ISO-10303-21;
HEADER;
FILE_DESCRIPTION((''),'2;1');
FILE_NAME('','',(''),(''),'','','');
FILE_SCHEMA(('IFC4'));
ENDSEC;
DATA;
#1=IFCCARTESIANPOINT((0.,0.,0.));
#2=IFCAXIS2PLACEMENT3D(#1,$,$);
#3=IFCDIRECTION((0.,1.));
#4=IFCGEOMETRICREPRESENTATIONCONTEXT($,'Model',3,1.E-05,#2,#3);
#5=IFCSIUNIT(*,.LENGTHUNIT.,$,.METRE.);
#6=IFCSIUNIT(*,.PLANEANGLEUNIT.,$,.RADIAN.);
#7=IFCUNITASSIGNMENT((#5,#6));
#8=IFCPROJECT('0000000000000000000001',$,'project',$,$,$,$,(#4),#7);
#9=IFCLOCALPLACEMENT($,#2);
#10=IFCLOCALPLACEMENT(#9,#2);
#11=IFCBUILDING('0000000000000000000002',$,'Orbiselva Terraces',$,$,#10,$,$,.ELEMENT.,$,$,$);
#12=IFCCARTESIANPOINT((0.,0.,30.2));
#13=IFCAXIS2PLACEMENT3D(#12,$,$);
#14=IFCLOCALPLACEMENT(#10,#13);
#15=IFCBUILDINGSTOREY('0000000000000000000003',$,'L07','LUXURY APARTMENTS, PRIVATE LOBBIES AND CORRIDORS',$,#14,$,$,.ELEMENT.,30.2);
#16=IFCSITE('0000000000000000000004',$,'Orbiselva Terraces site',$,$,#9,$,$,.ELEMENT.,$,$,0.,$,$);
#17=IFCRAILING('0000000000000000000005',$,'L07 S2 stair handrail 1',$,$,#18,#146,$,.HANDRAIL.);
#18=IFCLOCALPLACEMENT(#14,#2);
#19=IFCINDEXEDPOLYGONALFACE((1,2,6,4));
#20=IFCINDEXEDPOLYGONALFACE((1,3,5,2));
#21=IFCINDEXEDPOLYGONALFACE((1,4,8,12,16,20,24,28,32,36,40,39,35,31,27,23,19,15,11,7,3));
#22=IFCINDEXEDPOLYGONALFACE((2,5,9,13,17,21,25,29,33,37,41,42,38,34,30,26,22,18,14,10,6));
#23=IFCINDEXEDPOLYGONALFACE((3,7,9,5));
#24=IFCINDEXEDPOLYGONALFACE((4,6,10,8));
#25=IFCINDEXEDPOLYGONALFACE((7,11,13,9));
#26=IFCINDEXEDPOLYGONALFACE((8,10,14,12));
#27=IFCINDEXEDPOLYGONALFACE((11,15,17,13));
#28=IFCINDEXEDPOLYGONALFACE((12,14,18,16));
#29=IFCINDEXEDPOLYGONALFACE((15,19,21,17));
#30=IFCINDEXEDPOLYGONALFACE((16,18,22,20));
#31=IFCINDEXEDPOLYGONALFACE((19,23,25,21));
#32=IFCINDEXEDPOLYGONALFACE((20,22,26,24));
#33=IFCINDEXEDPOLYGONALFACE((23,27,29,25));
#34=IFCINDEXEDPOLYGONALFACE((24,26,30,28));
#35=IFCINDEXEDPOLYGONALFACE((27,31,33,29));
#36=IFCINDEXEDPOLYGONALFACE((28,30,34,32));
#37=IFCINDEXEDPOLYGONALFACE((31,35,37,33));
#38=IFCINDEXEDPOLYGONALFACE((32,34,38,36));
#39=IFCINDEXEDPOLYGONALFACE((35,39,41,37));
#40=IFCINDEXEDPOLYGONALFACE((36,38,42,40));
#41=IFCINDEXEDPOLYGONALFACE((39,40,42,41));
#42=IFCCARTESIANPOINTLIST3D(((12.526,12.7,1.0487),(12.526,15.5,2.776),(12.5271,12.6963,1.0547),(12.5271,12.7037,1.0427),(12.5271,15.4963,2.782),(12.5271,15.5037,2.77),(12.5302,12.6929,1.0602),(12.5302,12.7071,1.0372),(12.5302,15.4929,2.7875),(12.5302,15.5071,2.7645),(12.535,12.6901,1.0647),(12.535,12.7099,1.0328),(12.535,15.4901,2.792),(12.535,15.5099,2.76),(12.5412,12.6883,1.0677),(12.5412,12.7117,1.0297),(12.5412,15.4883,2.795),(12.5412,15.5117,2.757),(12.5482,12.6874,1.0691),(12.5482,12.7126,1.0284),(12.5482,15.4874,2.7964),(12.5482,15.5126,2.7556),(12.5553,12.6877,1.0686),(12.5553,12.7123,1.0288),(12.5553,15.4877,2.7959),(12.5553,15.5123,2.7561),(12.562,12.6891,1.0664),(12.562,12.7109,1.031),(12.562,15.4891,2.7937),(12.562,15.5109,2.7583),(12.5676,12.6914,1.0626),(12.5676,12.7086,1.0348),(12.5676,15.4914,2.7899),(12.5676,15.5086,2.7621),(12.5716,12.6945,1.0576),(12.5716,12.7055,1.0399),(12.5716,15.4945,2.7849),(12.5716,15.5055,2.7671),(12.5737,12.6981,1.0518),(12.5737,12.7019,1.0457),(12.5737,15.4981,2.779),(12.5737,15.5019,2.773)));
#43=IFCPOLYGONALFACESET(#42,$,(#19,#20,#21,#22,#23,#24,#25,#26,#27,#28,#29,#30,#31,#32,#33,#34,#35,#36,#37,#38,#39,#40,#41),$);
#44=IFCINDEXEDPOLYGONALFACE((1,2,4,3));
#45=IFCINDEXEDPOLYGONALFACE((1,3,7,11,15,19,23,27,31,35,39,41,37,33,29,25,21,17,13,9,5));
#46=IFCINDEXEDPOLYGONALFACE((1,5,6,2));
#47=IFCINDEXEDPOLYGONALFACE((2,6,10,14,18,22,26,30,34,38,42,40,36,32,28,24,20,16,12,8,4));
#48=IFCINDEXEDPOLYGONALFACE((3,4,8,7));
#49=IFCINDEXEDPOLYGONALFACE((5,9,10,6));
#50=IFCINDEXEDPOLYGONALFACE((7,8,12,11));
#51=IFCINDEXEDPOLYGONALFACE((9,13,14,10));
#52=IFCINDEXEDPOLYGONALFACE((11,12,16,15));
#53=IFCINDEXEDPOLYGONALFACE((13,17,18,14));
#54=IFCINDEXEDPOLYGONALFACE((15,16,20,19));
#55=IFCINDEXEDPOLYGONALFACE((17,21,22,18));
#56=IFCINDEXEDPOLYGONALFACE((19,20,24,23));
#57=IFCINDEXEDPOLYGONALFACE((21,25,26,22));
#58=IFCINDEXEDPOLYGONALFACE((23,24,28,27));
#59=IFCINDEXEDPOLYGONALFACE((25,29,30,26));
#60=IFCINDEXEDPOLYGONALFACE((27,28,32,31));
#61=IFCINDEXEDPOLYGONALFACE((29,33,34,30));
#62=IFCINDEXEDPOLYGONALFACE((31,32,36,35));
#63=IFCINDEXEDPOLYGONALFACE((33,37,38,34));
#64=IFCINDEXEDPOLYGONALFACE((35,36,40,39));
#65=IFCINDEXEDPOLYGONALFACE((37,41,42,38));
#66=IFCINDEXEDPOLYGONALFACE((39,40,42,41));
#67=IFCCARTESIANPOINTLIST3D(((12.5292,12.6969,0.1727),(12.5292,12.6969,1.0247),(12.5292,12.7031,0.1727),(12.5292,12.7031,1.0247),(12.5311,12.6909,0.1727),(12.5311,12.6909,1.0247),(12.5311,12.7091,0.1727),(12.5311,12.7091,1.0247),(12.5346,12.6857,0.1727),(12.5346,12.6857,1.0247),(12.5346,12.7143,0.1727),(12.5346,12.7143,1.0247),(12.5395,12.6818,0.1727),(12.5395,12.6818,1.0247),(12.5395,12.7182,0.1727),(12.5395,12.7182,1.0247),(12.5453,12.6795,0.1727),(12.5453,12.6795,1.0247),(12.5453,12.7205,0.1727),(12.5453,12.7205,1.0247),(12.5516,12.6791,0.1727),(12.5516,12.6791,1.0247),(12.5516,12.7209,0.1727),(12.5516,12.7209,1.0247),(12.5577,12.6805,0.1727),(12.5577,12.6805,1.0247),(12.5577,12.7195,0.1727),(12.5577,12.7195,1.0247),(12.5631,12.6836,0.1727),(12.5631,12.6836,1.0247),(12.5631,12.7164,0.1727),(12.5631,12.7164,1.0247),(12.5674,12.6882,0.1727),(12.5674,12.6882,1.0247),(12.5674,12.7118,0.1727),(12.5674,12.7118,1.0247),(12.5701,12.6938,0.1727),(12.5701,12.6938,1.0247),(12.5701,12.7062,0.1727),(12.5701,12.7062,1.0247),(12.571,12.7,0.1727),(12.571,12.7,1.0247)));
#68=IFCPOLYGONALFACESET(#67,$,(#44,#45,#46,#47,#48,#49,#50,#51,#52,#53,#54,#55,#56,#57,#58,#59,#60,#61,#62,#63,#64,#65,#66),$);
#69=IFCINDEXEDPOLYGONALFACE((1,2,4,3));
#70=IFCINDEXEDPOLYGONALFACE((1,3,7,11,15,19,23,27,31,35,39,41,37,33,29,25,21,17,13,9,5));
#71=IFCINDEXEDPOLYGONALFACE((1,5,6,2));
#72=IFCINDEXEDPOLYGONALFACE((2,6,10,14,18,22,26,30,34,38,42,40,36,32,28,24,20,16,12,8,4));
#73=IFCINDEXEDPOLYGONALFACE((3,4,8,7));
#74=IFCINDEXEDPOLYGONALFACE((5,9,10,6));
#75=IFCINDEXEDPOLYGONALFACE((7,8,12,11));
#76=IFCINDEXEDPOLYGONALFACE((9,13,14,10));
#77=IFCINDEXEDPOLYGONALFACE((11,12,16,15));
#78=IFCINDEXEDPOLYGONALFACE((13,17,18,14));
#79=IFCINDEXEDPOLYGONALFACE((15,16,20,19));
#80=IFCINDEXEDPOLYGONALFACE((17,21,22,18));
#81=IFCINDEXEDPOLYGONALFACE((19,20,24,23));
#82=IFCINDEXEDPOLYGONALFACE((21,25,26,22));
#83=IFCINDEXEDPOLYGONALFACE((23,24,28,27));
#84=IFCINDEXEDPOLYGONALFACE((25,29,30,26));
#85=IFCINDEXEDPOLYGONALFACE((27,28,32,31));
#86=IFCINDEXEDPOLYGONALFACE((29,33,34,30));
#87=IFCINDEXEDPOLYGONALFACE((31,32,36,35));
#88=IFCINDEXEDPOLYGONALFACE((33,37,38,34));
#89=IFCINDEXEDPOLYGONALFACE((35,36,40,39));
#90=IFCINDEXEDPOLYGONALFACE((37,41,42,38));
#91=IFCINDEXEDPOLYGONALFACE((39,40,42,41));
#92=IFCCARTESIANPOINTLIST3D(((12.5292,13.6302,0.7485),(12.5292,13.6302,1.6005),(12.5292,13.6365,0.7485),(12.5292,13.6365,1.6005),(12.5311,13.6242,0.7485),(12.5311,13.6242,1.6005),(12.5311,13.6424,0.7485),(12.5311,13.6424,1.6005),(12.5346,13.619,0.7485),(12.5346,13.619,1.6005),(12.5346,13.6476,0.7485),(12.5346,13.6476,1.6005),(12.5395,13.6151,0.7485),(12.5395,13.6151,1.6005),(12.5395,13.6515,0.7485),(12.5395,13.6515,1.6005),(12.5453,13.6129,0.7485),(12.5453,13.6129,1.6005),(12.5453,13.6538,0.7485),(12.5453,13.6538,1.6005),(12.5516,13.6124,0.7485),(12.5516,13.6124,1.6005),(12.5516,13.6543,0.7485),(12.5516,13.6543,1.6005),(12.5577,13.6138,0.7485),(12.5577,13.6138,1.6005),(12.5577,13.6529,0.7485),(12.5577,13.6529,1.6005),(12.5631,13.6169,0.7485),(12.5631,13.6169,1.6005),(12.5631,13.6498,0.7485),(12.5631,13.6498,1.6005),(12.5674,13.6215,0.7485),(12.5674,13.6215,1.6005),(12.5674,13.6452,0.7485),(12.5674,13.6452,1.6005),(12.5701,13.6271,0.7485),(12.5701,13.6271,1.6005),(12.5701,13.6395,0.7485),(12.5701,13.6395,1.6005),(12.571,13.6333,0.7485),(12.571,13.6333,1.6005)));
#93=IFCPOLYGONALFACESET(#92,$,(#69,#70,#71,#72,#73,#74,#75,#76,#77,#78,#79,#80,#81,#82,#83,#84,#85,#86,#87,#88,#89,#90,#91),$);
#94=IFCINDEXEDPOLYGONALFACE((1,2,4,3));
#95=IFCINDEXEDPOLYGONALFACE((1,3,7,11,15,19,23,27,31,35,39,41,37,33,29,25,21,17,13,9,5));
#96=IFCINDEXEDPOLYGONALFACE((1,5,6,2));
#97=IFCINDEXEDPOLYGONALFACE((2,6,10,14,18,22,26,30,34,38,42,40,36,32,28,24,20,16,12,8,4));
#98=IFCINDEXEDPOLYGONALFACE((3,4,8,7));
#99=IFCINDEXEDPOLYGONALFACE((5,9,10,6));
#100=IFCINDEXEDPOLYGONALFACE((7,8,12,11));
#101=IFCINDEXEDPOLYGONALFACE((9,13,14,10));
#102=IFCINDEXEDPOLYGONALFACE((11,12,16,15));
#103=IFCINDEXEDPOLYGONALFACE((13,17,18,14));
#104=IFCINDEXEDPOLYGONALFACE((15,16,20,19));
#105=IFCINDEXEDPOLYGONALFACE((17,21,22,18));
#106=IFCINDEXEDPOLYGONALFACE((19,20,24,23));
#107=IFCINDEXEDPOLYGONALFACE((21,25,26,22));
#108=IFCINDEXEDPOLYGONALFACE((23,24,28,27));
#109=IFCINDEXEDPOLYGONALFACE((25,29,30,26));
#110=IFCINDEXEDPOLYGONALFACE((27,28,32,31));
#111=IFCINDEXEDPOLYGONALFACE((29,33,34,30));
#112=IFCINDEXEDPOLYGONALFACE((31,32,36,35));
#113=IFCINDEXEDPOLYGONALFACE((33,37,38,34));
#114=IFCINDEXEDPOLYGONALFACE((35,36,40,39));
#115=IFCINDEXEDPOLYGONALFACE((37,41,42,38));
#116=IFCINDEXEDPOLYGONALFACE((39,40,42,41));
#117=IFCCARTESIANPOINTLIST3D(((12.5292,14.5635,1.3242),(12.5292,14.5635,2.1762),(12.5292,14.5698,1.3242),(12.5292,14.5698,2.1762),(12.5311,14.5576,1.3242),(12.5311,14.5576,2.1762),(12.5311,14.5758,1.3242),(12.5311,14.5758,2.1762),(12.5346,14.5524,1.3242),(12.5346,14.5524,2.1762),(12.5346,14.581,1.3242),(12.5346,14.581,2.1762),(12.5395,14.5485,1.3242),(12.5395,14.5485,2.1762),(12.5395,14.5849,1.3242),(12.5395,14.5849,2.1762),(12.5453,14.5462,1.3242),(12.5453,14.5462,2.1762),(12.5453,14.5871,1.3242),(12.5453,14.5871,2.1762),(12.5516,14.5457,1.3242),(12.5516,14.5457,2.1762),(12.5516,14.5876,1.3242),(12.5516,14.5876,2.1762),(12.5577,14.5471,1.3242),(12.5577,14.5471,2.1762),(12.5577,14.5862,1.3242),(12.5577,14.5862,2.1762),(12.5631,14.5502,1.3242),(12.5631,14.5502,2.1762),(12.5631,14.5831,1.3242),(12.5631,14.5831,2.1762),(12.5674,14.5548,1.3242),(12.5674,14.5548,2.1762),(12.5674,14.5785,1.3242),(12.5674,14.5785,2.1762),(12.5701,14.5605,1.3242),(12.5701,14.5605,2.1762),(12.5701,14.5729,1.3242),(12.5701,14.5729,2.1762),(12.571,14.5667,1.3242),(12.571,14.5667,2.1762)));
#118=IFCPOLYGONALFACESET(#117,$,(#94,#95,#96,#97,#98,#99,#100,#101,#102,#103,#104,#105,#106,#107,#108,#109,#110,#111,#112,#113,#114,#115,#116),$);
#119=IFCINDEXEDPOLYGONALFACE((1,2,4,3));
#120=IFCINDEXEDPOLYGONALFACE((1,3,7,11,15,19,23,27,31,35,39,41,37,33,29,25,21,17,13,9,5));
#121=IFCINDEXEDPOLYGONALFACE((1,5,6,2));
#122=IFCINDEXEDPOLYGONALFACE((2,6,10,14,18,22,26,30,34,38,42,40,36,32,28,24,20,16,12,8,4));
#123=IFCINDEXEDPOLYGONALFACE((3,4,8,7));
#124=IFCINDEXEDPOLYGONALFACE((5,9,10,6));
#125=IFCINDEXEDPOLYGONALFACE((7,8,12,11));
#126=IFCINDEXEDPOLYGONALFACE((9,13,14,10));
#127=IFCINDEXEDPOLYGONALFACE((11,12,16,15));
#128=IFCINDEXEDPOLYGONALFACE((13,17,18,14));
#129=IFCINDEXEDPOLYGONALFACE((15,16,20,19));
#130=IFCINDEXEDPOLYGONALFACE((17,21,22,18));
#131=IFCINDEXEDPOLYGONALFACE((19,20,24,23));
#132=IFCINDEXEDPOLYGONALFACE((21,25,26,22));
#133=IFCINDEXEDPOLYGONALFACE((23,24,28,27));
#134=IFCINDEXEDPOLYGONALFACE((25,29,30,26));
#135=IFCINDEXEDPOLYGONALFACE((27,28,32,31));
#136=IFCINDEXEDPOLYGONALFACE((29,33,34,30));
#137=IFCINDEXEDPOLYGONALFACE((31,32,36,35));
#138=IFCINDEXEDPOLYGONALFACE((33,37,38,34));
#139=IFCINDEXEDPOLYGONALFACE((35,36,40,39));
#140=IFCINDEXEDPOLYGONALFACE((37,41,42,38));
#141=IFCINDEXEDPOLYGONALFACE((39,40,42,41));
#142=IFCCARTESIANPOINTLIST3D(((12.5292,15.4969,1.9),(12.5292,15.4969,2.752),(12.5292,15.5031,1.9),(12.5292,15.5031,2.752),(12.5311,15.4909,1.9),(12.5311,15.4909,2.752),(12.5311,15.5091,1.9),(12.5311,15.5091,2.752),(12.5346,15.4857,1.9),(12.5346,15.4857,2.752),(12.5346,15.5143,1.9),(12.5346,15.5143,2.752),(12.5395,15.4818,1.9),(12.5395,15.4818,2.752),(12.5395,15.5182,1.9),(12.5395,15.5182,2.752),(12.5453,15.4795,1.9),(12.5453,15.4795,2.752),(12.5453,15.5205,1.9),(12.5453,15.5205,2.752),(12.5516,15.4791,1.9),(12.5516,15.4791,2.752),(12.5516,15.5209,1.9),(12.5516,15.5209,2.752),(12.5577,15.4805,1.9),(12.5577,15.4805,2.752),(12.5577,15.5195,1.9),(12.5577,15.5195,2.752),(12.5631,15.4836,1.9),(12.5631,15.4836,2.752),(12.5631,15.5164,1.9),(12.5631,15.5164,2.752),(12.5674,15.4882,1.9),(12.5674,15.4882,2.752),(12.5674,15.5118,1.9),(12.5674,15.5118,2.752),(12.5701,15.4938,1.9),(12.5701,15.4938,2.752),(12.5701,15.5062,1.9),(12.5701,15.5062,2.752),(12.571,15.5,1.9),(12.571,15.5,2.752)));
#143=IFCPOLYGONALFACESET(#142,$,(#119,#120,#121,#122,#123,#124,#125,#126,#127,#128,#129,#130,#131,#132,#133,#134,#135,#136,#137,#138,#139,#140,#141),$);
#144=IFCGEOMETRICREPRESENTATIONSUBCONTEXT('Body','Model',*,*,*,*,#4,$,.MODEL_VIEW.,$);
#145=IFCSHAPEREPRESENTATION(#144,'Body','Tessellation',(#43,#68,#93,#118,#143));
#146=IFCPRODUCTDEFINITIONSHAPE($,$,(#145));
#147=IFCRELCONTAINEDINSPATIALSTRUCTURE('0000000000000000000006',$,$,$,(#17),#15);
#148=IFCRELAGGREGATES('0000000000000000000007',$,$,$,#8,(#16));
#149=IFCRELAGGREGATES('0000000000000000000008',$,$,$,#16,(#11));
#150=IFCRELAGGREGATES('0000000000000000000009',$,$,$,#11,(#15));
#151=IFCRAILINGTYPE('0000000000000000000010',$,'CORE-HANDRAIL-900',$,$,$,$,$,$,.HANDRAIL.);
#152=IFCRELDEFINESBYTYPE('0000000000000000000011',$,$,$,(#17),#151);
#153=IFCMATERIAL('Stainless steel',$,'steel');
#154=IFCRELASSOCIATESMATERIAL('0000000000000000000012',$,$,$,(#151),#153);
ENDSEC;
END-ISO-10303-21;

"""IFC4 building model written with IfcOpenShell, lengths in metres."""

from ifc_helpers import new_model, si_unit, direction, frame, origin, origin_2d, place, context, subcontext, project, spatial, circle, extrude, material, type_object, element, save


model = new_model("IFC4")

# Units and contexts
model_context = context("Model", 3, precision=1e-05, world=origin(), true_north=direction((0.0, 1.0)))
body_context = subcontext(model_context, "Body", "Model", "MODEL_VIEW")
ifc_project = project(units=[si_unit("LENGTHUNIT", "METRE"), si_unit("PLANEANGLEUNIT", "RADIAN")], contexts=[model_context])

# Site, building, storey
site_placement = place(None, origin())
site = spatial("IfcSite", under=ifc_project, at=site_placement, Name="Orbiselva Terraces site", CompositionType="ELEMENT", RefElevation=0.0)
building_placement = place(site_placement, origin())
building = spatial("IfcBuilding", under=site, at=building_placement, Name="Orbiselva Terraces", CompositionType="ELEMENT")
storey_placement = place(building_placement, frame((0.0, 0.0, 30.2)))
storey = spatial("IfcBuildingStorey", under=building, at=storey_placement, Name="L07", Description="LUXURY APARTMENTS, PRIVATE LOBBIES AND CORRIDORS", CompositionType="ELEMENT", Elevation=30.2)

# Railing
ifc_material_1 = material(Name="Stainless steel", Category="steel")
railing_type = type_object("IfcRailingType", Name="CORE-HANDRAIL-900", PredefinedType="HANDRAIL", material=ifc_material_1)
railing_placement = place(storey_placement, frame((12.55, 12.7, 0.1727)))
element("IfcRailing", 1, at=railing_placement, inside=storey, type_object=railing_type, Name="L07 S2 stair handrail 1", PredefinedType="HANDRAIL", context=body_context, shape_type="SweptSolid", body=[
    extrude(circle(Radius=0.024, at=origin_2d()), frame((0.0, 0.0, 0.876), z_axis=(0.0, 0.851089, 0.525022), x_axis=(-1.0, 0.0, 0.0)), (0.0, 0.0, 1.0), 3.2899),
    extrude(circle(Radius=0.021, at=origin_2d()), origin(), (0.0, 0.0, 1.0), 0.852),
    extrude(circle(Radius=0.021, at=origin_2d()), frame((0.0, 0.9333, 0.5758)), (0.0, 0.0, 1.0), 0.852),
    extrude(circle(Radius=0.021, at=origin_2d()), frame((0.0, 1.8667, 1.1515)), (0.0, 0.0, 1.0), 0.852),
    extrude(circle(Radius=0.021, at=origin_2d()), frame((0.0, 2.8, 1.7273)), (0.0, 0.0, 1.0), 0.852),
])

save(model, "model.ifc")
